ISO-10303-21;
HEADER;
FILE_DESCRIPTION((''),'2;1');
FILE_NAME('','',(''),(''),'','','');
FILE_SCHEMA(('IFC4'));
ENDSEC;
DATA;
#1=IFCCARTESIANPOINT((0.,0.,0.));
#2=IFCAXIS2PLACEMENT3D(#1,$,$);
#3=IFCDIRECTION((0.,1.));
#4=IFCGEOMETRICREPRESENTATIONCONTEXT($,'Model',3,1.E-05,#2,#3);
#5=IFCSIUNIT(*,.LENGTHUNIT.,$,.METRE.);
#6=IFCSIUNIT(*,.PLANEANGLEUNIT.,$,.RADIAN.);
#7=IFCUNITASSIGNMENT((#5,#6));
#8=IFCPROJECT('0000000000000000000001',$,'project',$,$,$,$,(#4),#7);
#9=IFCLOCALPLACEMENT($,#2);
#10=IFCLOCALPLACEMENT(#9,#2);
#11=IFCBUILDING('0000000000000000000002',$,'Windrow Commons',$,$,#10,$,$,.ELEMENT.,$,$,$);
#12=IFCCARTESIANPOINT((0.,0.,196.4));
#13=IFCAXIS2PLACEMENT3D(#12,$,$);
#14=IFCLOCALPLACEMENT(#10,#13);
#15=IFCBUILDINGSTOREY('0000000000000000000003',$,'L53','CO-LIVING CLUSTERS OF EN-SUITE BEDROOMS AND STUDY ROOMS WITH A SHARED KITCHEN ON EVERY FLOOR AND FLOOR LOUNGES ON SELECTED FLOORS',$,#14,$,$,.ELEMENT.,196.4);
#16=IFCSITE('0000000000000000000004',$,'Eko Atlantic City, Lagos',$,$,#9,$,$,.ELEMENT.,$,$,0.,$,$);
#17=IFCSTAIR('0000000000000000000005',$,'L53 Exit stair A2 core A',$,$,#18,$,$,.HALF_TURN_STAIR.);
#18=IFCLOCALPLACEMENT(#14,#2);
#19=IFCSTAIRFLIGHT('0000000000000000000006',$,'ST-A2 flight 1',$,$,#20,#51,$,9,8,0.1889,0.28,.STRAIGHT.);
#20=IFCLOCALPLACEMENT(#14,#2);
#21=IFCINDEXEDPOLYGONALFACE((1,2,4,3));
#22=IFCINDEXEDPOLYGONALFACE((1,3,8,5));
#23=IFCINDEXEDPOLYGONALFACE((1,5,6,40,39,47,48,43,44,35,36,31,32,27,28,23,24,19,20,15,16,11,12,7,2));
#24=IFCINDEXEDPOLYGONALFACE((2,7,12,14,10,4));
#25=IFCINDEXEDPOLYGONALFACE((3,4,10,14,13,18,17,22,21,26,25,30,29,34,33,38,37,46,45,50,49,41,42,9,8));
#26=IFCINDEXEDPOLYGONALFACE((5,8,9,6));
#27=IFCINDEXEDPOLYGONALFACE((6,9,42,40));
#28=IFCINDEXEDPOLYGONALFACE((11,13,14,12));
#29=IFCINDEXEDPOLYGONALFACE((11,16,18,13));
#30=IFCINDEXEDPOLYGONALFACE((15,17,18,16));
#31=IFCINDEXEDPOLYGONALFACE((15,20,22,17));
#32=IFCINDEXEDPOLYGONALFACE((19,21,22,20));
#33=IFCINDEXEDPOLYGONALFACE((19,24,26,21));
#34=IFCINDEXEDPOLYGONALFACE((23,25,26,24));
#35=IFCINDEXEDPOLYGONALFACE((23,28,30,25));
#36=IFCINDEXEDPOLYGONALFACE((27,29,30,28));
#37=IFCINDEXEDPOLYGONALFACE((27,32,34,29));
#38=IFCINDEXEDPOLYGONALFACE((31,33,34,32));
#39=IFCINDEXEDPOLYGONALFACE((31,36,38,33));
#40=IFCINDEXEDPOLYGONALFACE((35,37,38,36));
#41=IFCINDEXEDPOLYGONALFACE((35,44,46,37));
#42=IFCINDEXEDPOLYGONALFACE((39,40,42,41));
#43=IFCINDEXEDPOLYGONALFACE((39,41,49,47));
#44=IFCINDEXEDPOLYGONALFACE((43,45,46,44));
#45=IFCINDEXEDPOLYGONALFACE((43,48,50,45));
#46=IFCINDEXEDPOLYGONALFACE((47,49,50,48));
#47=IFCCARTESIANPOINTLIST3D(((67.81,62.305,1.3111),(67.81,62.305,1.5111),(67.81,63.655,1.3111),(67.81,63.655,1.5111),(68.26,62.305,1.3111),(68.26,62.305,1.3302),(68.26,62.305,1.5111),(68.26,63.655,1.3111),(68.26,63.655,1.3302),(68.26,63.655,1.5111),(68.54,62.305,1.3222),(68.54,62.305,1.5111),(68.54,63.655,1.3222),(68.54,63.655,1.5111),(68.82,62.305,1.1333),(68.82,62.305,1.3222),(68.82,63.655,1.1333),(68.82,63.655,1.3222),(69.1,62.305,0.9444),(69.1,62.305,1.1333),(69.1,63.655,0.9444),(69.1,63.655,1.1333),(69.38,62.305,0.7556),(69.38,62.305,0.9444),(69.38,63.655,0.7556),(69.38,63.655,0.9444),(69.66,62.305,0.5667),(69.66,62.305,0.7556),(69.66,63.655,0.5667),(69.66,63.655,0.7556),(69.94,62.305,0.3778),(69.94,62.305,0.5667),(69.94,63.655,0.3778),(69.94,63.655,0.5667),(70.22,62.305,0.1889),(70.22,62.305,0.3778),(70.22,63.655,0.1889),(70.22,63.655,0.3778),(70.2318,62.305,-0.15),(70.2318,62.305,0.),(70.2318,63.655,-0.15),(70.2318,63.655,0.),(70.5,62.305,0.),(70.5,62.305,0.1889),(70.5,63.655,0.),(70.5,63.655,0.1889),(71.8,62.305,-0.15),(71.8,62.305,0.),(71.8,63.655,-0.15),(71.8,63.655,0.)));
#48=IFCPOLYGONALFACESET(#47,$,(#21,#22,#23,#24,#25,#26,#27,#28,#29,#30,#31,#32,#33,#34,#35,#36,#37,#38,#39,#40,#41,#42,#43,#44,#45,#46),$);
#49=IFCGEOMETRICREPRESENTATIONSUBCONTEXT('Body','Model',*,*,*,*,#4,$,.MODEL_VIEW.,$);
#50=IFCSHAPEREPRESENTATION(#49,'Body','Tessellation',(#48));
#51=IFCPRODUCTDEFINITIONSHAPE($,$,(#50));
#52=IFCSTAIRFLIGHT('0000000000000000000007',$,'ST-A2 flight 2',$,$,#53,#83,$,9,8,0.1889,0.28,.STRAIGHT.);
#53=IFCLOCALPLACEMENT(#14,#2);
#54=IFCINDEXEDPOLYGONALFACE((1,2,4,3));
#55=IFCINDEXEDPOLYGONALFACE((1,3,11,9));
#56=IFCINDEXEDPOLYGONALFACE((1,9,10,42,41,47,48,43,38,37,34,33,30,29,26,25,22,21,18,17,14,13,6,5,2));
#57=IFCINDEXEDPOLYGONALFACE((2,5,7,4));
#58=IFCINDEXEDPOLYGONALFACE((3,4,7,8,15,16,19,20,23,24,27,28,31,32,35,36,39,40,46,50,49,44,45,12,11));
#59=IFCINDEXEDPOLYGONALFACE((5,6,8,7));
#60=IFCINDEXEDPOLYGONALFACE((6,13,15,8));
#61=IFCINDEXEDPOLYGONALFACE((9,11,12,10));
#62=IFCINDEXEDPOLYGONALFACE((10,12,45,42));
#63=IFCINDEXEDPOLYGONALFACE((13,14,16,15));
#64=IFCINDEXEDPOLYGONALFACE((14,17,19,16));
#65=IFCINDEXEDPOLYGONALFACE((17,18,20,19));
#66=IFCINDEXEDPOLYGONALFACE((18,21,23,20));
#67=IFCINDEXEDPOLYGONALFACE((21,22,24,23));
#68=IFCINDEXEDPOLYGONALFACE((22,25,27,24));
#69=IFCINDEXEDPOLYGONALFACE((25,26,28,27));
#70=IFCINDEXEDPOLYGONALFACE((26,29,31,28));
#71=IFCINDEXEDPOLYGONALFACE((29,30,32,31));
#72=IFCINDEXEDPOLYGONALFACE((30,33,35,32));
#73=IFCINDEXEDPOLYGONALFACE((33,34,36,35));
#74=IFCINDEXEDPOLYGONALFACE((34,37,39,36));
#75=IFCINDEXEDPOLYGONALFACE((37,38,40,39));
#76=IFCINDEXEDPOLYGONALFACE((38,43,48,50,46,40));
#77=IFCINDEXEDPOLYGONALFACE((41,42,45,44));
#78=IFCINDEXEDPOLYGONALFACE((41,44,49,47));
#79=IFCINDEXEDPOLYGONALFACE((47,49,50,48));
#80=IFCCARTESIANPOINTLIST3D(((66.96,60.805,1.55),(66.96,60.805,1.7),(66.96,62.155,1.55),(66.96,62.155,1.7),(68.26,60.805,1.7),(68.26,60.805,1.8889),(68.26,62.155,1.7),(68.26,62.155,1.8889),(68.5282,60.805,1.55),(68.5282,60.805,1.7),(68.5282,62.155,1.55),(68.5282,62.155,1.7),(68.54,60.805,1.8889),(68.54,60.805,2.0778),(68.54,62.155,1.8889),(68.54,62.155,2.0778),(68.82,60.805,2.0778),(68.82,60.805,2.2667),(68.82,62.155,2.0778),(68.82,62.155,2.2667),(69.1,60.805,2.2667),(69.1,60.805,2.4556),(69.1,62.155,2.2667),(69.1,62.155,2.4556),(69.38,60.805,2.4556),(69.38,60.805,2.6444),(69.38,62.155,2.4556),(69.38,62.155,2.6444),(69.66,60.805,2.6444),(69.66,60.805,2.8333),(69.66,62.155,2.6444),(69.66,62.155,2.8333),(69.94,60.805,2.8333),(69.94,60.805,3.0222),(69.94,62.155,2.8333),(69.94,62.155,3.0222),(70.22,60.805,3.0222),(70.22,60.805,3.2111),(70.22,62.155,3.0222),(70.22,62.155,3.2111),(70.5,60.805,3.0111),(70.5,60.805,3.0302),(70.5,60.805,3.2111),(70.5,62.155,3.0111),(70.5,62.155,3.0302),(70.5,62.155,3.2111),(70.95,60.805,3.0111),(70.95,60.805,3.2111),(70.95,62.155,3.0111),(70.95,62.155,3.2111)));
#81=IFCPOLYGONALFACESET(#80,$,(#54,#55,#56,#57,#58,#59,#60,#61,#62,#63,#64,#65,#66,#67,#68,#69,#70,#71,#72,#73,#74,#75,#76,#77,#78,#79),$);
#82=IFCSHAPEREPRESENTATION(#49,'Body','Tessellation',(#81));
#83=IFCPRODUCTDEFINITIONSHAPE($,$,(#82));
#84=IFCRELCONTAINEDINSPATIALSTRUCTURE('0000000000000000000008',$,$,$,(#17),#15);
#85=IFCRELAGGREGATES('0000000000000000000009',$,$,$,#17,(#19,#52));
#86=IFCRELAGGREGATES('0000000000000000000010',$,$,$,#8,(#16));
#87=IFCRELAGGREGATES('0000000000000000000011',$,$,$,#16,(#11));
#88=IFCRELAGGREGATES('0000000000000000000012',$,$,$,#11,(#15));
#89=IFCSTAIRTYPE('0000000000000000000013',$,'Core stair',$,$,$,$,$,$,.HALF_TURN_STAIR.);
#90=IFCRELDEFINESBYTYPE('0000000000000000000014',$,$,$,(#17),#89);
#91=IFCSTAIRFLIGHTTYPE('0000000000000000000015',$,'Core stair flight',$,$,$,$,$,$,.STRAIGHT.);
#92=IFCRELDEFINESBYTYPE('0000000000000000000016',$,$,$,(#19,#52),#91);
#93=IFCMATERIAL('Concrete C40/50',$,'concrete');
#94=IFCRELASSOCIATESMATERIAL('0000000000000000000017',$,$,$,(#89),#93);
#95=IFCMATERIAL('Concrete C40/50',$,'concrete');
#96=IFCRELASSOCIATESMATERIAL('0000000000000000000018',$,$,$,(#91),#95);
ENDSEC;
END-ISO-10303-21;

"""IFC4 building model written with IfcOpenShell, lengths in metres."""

from ifc_helpers import new_model, si_unit, direction, frame, origin, place, context, subcontext, project, spatial, polyline, outline, extrude, material, type_object, element, aggregate, save


model = new_model("IFC4")

# Units and contexts
model_context = context("Model", 3, precision=1e-05, world=origin(), true_north=direction((0.0, 1.0)))
body_context = subcontext(model_context, "Body", "Model", "MODEL_VIEW")
ifc_project = project(units=[si_unit("LENGTHUNIT", "METRE"), si_unit("PLANEANGLEUNIT", "RADIAN")], contexts=[model_context])

# Site, building, storey
site_placement = place(None, origin())
site = spatial("IfcSite", under=ifc_project, at=site_placement, Name="Eko Atlantic City, Lagos", CompositionType="ELEMENT", RefElevation=0.0)
building_placement = place(site_placement, origin())
building = spatial("IfcBuilding", under=site, at=building_placement, Name="Windrow Commons", CompositionType="ELEMENT")
storey_placement = place(building_placement, frame((0.0, 0.0, 196.4)))
storey = spatial("IfcBuildingStorey", under=building, at=storey_placement, Name="L53", Description="CO-LIVING CLUSTERS OF EN-SUITE BEDROOMS AND STUDY ROOMS WITH A SHARED KITCHEN ON EVERY FLOOR AND FLOOR LOUNGES ON SELECTED FLOORS", CompositionType="ELEMENT", Elevation=196.4)

# Stair, stair flights
ifc_material_1 = material(Name="Concrete C40/50", Category="concrete")
stair_type = type_object("IfcStairType", Name="Core stair", PredefinedType="HALF_TURN_STAIR", material=ifc_material_1)
placement = place(storey_placement, origin())
ifc_material_2 = material(Name="Concrete C40/50", Category="concrete")
stair_flight_type = type_object("IfcStairFlightType", Name="Core stair flight", PredefinedType="STRAIGHT", material=ifc_material_2)
stair_1 = element("IfcStair", 1, at=placement, inside=storey, type_object=stair_type, Name="L53 Exit stair A2 core A", PredefinedType="HALF_TURN_STAIR")
stair_flight_1_placement = place(storey_placement, frame((70.5, 62.98, 0.0), z_axis=(0.0, 0.0, 1.0), x_axis=(-1.0, 0.0, 0.0)))
stair_flight_1 = element("IfcStairFlight", 2, at=stair_flight_1_placement, type_object=stair_flight_type, Name="ST-A2 flight 1", NumberOfRisers=9, NumberOfTreads=8, PredefinedType="STRAIGHT", RiserHeight=0.1889, TreadLength=0.28, context=body_context, shape_type="SweptSolid", body=[
    extrude(outline(polyline([(-1.3, -0.15), (-1.3, 0.0), (0.0, 0.0), (0.0, 0.1889), (0.28, 0.1889), (0.28, 0.3778), (0.56, 0.3778), (0.56, 0.5667), (0.84, 0.5667), (0.84, 0.7556), (1.12, 0.7556), (1.12, 0.9444), (1.4, 0.9444), (1.4, 1.1333), (1.68, 1.1333), (1.68, 1.3222), (1.96, 1.3222), (1.96, 1.5111), (2.24, 1.5111), (2.69, 1.5111), (2.69, 1.3111), (2.24, 1.3111), (2.24, 1.3302), (0.2682, 0.0), (0.2682, -0.15), (-1.3, -0.15)])), frame((0.0, 0.675, 0.0), z_axis=(0.0, -1.0, 0.0), x_axis=(1.0, 0.0, 0.0)), (0.0, 0.0, 1.0), 1.35),
])
stair_flight_2_placement = place(storey_placement, frame((68.26, 61.48, 1.7), z_axis=(0.0, 0.0, 1.0), x_axis=(1.0, 0.0, 0.0)))
stair_flight_2 = element("IfcStairFlight", 3, at=stair_flight_2_placement, type_object=stair_flight_type, Name="ST-A2 flight 2", NumberOfRisers=9, NumberOfTreads=8, PredefinedType="STRAIGHT", RiserHeight=0.1889, TreadLength=0.28, context=body_context, shape_type="SweptSolid", body=[
    extrude(outline(polyline([(-1.3, -0.15), (-1.3, 0.0), (0.0, 0.0), (0.0, 0.1889), (0.28, 0.1889), (0.28, 0.3778), (0.56, 0.3778), (0.56, 0.5667), (0.84, 0.5667), (0.84, 0.7556), (1.12, 0.7556), (1.12, 0.9444), (1.4, 0.9444), (1.4, 1.1333), (1.68, 1.1333), (1.68, 1.3222), (1.96, 1.3222), (1.96, 1.5111), (2.24, 1.5111), (2.69, 1.5111), (2.69, 1.3111), (2.24, 1.3111), (2.24, 1.3302), (0.2682, 0.0), (0.2682, -0.15), (-1.3, -0.15)])), frame((0.0, 0.675, 0.0), z_axis=(0.0, -1.0, 0.0), x_axis=(1.0, 0.0, 0.0)), (0.0, 0.0, 1.0), 1.35),
])
aggregate(stair_1, [stair_flight_1, stair_flight_2])

save(model, "model.ifc")
